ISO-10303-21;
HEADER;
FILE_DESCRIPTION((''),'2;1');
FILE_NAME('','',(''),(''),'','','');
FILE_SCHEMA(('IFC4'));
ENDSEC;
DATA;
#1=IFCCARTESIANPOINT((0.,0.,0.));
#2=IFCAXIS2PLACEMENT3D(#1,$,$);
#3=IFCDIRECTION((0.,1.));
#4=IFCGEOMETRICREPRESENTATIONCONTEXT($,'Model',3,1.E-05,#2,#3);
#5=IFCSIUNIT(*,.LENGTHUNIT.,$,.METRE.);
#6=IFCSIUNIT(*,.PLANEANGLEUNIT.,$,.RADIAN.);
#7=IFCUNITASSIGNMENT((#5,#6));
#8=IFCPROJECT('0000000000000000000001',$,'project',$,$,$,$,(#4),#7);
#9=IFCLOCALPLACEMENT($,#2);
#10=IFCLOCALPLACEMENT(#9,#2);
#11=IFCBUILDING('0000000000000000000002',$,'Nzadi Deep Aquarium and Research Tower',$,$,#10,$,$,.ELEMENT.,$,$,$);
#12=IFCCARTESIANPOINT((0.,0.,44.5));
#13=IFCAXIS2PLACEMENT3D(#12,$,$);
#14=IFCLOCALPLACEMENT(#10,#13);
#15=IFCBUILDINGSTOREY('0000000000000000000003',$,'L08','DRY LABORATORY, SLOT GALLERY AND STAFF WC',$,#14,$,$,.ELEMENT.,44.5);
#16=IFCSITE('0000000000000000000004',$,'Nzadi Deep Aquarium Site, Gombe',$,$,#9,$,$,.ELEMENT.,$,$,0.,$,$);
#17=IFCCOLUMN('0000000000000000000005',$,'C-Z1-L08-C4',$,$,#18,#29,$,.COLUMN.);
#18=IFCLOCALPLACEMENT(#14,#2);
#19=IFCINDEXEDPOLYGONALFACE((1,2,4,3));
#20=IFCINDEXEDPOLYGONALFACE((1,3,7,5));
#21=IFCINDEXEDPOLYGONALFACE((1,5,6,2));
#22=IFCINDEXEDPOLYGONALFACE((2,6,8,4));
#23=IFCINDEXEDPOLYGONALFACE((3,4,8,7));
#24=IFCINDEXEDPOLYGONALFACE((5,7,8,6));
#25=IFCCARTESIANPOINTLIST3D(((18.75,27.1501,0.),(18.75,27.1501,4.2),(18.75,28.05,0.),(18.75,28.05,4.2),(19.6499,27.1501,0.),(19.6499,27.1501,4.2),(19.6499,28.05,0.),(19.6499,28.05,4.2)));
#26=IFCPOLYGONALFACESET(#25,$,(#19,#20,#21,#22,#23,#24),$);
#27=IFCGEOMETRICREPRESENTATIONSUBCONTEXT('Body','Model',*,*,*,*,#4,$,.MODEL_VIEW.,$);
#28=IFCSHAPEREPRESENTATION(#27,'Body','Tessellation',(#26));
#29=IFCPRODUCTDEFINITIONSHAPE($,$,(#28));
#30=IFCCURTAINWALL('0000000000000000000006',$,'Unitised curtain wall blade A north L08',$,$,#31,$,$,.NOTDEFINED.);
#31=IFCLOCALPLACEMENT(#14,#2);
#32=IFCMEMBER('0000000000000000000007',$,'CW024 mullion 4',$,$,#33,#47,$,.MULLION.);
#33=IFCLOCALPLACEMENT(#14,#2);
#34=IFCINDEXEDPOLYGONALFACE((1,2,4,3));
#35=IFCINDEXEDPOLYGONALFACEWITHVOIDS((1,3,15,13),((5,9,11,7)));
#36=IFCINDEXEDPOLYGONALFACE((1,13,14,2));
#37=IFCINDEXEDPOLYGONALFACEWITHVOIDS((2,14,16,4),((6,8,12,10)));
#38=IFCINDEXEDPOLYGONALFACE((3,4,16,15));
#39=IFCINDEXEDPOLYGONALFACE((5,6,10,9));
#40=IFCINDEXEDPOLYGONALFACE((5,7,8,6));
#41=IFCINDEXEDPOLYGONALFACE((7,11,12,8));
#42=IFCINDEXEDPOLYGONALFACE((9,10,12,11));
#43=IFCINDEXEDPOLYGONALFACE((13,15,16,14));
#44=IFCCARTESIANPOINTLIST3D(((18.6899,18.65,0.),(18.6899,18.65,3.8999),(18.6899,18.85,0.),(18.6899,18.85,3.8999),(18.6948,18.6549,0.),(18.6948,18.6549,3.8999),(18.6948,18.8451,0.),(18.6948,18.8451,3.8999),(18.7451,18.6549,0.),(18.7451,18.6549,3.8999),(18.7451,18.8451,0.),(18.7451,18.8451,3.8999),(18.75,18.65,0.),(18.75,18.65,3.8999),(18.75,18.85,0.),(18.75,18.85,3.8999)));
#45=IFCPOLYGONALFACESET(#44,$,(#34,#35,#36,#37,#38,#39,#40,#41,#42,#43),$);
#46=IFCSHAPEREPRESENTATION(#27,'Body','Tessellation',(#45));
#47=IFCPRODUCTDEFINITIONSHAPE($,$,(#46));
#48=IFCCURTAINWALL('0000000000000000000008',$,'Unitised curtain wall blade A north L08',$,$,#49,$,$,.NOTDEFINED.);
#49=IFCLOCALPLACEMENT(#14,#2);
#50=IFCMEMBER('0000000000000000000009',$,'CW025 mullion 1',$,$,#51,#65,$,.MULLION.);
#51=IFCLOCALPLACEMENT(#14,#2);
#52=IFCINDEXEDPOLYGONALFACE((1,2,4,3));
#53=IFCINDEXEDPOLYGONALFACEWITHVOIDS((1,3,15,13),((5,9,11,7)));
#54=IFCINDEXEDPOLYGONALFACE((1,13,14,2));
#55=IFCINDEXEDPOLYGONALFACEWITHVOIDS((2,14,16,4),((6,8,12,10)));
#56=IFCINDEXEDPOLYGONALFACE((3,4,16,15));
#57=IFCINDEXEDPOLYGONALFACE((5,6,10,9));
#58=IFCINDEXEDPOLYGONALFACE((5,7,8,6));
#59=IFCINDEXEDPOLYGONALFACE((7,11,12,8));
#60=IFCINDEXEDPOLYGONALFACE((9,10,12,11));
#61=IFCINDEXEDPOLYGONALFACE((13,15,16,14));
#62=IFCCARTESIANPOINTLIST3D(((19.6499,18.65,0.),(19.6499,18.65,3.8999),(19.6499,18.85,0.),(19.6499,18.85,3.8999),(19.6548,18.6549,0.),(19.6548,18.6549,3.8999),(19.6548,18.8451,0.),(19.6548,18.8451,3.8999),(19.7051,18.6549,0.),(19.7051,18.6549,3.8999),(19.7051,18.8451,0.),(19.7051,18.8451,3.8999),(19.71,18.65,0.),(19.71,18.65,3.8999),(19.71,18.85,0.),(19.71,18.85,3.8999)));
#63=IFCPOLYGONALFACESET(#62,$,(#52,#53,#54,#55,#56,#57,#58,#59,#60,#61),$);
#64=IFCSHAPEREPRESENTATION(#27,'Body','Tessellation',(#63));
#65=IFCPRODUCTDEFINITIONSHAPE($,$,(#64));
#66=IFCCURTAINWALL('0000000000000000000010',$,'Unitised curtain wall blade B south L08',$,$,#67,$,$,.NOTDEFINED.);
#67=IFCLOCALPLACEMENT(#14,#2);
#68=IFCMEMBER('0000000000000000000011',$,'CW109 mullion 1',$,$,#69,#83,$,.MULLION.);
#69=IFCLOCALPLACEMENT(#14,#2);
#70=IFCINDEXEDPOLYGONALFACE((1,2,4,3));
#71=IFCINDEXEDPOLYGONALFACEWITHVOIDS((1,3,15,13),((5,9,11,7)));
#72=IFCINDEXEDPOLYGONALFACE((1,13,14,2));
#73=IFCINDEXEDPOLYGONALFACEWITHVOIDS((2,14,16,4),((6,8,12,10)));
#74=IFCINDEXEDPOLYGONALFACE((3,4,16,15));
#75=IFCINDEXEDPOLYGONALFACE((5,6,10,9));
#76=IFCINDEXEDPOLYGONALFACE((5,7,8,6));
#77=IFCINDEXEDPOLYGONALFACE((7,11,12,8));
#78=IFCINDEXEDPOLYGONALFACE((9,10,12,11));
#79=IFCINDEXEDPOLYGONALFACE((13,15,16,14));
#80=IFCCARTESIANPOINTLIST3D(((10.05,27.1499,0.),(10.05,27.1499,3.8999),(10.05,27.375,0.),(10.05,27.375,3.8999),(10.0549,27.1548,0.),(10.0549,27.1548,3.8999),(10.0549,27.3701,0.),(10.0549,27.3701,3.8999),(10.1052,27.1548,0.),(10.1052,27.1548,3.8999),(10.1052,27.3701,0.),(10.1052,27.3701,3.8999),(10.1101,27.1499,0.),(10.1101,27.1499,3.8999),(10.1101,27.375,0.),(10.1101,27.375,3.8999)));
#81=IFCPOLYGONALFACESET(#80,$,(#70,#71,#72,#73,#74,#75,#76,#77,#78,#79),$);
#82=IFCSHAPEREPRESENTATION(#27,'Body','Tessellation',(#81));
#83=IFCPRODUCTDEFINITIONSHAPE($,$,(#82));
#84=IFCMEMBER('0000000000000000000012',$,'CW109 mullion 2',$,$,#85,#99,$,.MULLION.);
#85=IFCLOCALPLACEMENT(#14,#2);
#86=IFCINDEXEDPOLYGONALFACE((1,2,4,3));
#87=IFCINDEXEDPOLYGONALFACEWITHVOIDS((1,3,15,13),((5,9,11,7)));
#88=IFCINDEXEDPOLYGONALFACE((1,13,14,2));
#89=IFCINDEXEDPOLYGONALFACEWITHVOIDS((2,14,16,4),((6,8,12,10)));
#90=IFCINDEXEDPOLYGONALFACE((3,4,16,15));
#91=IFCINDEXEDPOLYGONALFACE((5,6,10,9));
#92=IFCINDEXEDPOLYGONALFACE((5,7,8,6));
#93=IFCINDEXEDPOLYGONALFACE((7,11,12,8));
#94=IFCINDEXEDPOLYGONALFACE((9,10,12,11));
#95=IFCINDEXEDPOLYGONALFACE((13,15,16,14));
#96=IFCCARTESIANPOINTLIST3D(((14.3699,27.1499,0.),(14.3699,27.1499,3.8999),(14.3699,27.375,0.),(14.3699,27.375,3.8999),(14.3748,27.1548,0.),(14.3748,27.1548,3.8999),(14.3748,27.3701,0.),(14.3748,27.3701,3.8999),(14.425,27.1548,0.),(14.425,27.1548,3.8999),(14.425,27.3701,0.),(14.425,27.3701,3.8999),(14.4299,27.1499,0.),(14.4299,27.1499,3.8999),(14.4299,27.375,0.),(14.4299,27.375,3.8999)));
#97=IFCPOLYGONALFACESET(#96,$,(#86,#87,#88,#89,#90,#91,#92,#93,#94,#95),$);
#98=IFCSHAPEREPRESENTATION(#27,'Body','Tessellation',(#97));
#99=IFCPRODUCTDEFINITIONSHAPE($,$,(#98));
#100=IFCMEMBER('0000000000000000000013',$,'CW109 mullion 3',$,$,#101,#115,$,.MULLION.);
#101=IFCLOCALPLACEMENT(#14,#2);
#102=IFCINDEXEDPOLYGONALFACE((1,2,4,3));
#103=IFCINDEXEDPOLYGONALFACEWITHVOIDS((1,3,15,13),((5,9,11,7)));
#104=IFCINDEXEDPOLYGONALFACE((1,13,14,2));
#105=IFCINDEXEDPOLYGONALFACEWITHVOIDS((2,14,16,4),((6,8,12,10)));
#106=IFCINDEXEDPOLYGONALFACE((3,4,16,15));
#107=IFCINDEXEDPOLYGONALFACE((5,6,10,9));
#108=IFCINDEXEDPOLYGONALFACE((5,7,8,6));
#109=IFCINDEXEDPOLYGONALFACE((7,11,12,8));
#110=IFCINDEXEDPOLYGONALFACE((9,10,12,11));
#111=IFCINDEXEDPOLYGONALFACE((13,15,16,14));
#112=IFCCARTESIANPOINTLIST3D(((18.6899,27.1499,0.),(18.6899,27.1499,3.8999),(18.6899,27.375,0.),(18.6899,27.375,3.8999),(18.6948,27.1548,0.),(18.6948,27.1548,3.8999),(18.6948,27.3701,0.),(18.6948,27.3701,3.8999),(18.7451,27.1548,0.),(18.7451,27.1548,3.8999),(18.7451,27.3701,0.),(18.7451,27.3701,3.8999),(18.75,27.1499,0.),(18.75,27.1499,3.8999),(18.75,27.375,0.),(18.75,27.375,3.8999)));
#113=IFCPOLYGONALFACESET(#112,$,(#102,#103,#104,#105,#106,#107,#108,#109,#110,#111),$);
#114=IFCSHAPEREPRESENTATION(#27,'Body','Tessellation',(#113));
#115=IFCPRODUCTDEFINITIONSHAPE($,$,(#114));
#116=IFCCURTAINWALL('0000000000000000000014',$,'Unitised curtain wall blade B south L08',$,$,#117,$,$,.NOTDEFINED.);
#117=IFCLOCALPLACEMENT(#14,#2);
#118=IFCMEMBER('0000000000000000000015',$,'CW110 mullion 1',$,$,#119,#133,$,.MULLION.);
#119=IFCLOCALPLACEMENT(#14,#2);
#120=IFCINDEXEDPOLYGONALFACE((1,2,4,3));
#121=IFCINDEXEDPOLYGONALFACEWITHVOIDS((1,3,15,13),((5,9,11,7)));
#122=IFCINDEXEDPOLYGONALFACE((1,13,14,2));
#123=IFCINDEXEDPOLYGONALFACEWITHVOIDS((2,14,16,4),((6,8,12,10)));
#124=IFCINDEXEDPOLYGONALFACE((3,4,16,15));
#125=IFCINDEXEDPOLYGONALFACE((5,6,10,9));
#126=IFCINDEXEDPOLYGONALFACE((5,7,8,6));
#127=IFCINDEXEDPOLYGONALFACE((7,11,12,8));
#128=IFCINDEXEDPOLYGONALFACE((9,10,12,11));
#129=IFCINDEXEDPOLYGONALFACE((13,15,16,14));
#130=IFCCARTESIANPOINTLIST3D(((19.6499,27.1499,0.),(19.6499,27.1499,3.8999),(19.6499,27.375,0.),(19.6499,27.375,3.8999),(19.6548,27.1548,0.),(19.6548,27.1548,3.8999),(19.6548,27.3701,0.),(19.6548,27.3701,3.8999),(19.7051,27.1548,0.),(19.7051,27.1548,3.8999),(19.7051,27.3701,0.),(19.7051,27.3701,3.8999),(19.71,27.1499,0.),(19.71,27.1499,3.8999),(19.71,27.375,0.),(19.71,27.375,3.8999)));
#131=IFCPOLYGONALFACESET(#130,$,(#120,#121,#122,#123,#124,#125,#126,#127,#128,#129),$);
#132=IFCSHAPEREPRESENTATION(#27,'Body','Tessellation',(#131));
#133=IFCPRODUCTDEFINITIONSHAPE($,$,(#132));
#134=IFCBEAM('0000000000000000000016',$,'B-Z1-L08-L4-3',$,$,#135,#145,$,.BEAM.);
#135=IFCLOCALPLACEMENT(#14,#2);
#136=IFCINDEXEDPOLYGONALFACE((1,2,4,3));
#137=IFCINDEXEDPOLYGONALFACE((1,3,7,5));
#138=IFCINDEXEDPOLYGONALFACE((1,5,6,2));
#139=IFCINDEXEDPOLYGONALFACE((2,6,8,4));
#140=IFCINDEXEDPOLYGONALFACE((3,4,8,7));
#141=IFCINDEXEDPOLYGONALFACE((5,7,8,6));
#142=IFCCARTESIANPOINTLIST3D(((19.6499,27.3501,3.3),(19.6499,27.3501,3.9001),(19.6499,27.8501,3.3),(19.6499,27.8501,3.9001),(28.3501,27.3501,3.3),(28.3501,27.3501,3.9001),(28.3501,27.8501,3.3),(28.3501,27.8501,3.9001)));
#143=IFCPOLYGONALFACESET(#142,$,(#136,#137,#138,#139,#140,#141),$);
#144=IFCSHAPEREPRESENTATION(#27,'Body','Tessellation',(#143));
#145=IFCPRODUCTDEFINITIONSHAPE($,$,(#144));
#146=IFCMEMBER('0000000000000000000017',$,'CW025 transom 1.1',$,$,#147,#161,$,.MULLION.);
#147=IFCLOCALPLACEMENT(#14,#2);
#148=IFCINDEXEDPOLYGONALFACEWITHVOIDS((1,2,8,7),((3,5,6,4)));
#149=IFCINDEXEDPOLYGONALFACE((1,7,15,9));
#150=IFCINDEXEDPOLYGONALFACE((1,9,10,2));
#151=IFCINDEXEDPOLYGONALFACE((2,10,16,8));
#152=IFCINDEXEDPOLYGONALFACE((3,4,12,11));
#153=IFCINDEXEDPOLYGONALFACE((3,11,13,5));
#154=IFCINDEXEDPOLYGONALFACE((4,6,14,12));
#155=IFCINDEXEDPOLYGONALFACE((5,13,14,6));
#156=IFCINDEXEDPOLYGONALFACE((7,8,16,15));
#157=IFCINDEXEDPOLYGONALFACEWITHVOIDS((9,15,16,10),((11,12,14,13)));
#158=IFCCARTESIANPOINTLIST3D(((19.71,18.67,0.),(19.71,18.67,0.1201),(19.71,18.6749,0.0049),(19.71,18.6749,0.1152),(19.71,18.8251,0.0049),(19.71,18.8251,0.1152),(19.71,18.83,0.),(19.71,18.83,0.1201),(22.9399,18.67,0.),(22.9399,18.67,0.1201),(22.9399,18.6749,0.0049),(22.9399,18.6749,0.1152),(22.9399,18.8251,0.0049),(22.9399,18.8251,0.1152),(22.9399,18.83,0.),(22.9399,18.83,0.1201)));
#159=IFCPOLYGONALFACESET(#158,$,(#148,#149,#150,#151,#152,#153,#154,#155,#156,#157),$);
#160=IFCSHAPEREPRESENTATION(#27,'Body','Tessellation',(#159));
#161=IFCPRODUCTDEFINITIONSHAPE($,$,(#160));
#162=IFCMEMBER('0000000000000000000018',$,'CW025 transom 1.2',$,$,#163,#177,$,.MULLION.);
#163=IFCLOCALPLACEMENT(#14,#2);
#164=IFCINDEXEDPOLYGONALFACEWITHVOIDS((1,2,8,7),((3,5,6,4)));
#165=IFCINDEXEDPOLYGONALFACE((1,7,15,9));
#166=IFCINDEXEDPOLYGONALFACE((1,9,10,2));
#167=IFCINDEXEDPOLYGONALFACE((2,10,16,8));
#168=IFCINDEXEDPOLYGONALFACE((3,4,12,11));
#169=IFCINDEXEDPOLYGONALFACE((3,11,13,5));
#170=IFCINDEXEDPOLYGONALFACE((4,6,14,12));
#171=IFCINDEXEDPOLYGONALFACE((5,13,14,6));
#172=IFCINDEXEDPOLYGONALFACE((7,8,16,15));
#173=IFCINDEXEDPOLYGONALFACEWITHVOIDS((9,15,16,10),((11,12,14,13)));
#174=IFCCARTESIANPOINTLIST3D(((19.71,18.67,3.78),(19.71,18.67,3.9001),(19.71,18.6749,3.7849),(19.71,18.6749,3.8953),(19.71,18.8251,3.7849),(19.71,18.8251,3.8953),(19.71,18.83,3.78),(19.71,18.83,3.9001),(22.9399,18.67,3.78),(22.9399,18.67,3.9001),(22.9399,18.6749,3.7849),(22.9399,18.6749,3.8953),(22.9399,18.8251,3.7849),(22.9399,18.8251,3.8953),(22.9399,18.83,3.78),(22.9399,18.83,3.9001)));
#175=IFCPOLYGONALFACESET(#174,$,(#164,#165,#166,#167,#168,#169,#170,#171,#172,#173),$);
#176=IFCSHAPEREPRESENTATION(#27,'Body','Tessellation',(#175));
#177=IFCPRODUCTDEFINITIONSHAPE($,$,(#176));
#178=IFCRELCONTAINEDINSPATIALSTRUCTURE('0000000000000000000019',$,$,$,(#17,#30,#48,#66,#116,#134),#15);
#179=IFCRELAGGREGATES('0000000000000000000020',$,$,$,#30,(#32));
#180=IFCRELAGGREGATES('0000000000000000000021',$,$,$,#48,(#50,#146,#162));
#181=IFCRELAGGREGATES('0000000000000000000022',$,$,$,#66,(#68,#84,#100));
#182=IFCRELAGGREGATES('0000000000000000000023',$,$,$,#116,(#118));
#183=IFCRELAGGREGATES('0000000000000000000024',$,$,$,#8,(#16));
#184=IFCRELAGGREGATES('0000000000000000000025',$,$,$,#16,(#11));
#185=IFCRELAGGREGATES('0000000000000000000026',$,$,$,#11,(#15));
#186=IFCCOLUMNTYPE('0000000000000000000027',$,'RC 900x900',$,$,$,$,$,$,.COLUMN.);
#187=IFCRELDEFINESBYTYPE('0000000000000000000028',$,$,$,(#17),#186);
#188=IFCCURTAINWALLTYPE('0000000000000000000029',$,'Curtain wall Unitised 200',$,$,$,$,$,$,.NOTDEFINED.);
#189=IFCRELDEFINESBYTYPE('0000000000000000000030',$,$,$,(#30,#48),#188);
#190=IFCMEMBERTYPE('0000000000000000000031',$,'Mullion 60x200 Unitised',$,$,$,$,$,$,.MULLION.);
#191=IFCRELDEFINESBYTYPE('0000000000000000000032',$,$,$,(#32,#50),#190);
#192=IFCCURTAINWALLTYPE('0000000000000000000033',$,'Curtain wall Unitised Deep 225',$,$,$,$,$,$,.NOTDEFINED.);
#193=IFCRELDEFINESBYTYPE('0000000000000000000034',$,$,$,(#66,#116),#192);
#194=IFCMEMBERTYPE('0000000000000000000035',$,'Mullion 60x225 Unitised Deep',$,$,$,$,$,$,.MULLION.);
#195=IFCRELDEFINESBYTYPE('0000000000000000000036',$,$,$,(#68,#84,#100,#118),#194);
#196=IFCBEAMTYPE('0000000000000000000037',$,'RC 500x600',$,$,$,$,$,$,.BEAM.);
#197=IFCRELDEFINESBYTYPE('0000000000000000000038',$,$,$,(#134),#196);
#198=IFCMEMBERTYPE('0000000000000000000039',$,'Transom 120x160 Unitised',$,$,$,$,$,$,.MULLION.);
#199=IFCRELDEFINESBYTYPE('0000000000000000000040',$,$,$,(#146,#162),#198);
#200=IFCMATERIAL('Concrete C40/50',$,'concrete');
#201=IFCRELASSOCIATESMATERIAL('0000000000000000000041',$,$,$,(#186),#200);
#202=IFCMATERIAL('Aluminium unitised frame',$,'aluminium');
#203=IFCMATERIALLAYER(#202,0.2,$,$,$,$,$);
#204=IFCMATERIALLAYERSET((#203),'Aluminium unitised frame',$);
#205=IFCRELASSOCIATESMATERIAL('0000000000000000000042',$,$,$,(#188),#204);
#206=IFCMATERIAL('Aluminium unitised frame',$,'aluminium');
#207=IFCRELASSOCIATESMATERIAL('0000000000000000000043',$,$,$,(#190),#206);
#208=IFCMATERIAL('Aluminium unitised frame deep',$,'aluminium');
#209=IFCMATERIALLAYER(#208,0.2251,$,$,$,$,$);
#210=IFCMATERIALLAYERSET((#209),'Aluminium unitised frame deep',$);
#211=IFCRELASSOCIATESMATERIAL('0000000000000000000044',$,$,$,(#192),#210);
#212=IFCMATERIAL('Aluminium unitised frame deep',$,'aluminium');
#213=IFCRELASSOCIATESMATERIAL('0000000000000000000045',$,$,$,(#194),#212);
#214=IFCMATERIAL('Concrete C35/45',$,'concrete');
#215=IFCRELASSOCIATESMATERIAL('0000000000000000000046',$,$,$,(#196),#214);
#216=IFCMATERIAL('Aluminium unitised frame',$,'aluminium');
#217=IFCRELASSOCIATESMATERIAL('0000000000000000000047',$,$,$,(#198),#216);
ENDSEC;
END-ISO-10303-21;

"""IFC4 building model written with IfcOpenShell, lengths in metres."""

from ifc_helpers import new_model, si_unit, direction, frame, origin, origin_2d, place, context, subcontext, project, spatial, rectangle, hollow_rectangle, extrude, material, layer, layer_set, material_profile, profile_set, type_object, element, aggregate, save


model = new_model("IFC4")

# Units and contexts
model_context = context("Model", 3, precision=1e-05, world=origin(), true_north=direction((0.0, 1.0)))
body_context = subcontext(model_context, "Body", "Model", "MODEL_VIEW")
ifc_project = project(units=[si_unit("LENGTHUNIT", "METRE"), si_unit("PLANEANGLEUNIT", "RADIAN")], contexts=[model_context])

# Site, building, storey
site_placement = place(None, origin())
site = spatial("IfcSite", under=ifc_project, at=site_placement, Name="Nzadi Deep Aquarium Site, Gombe", CompositionType="ELEMENT", RefElevation=0.0)
building_placement = place(site_placement, origin())
building = spatial("IfcBuilding", under=site, at=building_placement, Name="Nzadi Deep Aquarium and Research Tower", CompositionType="ELEMENT")
storey_placement = place(building_placement, frame((0.0, 0.0, 44.5)))
storey = spatial("IfcBuildingStorey", under=building, at=storey_placement, Name="L08", Description="DRY LABORATORY, SLOT GALLERY AND STAFF WC", CompositionType="ELEMENT", Elevation=44.5)

# Column
ifc_material_1 = material(Name="Concrete C40/50", Category="concrete")
ifc_material_profile_1 = material_profile(ifc_material_1, rectangle(XDim=0.8999, YDim=0.8999, at=origin_2d()))
ifc_profile_set_1 = profile_set([ifc_material_profile_1], Name="Concrete C40/50")
column_type = type_object("IfcColumnType", Name="RC 900x900", PredefinedType="COLUMN", material=ifc_profile_set_1)
column_placement = place(storey_placement, frame((19.2, 27.6001, 0.0), z_axis=(0.0, 0.0, 1.0), x_axis=(1.0, 0.0, 0.0)))
element("IfcColumn", 1, at=column_placement, inside=storey, type_object=column_type, Name="C-Z1-L08-C4", PredefinedType="COLUMN", context=body_context, shape_type="SweptSolid", body=[
    extrude(rectangle(XDim=0.8999, YDim=0.8999, at=origin_2d()), origin(), (0.0, 0.0, 1.0), 4.2),
])

# Curtain walls, members
ifc_material_2 = material(Name="Aluminium unitised frame", Category="aluminium")
ifc_layer_1 = layer(ifc_material_2, 0.2)
ifc_layer_set_1 = layer_set([ifc_layer_1], Name="Aluminium unitised frame")
curtain_wall_type_1 = type_object("IfcCurtainWallType", Name="Curtain wall Unitised 200", PredefinedType="NOTDEFINED", material=ifc_layer_set_1)
curtain_wall_1_placement = place(storey_placement, origin())
curtain_wall_1 = element("IfcCurtainWall", 2, at=curtain_wall_1_placement, inside=storey, type_object=curtain_wall_type_1, Name="Unitised curtain wall blade A north L08", PredefinedType="NOTDEFINED")
ifc_material_3 = material(Name="Aluminium unitised frame", Category="aluminium")
ifc_material_profile_2 = material_profile(ifc_material_3, hollow_rectangle(XDim=0.2, YDim=0.0601, WallThickness=0.0049, at=origin_2d()))
ifc_profile_set_2 = profile_set([ifc_material_profile_2], Name="Aluminium unitised frame")
member_type_1 = type_object("IfcMemberType", Name="Mullion 60x200 Unitised", PredefinedType="MULLION", material=ifc_profile_set_2)
member_1_placement = place(storey_placement, frame((18.72, 18.75, 0.0), z_axis=(0.0, 0.0, 1.0), x_axis=(0.0, 1.0, 0.0)))
member_1 = element("IfcMember", 3, at=member_1_placement, type_object=member_type_1, Name="CW024 mullion 4", PredefinedType="MULLION", context=body_context, shape_type="SweptSolid", body=[
    extrude(hollow_rectangle(XDim=0.2, YDim=0.0601, WallThickness=0.0049, at=origin_2d()), origin(), (0.0, 0.0, 1.0), 3.8999),
])
aggregate(curtain_wall_1, [member_1])
curtain_wall_2_placement = place(storey_placement, origin())
curtain_wall_2 = element("IfcCurtainWall", 4, at=curtain_wall_2_placement, inside=storey, type_object=curtain_wall_type_1, Name="Unitised curtain wall blade A north L08", PredefinedType="NOTDEFINED")
member_2_placement = place(storey_placement, frame((19.6799, 18.75, 0.0), z_axis=(0.0, 0.0, 1.0), x_axis=(0.0, 1.0, 0.0)))
member_2 = element("IfcMember", 5, at=member_2_placement, type_object=member_type_1, Name="CW025 mullion 1", PredefinedType="MULLION", context=body_context, shape_type="SweptSolid", body=[
    extrude(hollow_rectangle(XDim=0.2, YDim=0.0601, WallThickness=0.0049, at=origin_2d()), origin(), (0.0, 0.0, 1.0), 3.8999),
])

# Curtain wall, members
ifc_material_4 = material(Name="Aluminium unitised frame deep", Category="aluminium")
ifc_layer_2 = layer(ifc_material_4, 0.2251)
ifc_layer_set_2 = layer_set([ifc_layer_2], Name="Aluminium unitised frame deep")
curtain_wall_type_2 = type_object("IfcCurtainWallType", Name="Curtain wall Unitised Deep 225", PredefinedType="NOTDEFINED", material=ifc_layer_set_2)
curtain_wall_3_placement = place(storey_placement, origin())
curtain_wall_3 = element("IfcCurtainWall", 6, at=curtain_wall_3_placement, inside=storey, type_object=curtain_wall_type_2, Name="Unitised curtain wall blade B south L08", PredefinedType="NOTDEFINED")
ifc_material_5 = material(Name="Aluminium unitised frame deep", Category="aluminium")
ifc_material_profile_3 = material_profile(ifc_material_5, hollow_rectangle(XDim=0.2251, YDim=0.0601, WallThickness=0.0049, at=origin_2d()))
ifc_profile_set_3 = profile_set([ifc_material_profile_3], Name="Aluminium unitised frame deep")
member_type_2 = type_object("IfcMemberType", Name="Mullion 60x225 Unitised Deep", PredefinedType="MULLION", material=ifc_profile_set_3)
member_3_placement = place(storey_placement, frame((10.0801, 27.2625, 0.0), z_axis=(0.0, 0.0, 1.0), x_axis=(0.0, 1.0, 0.0)))
member_3 = element("IfcMember", 7, at=member_3_placement, type_object=member_type_2, Name="CW109 mullion 1", PredefinedType="MULLION", context=body_context, shape_type="SweptSolid", body=[
    extrude(hollow_rectangle(XDim=0.2251, YDim=0.0601, WallThickness=0.0049, at=origin_2d()), origin(), (0.0, 0.0, 1.0), 3.8999),
])
member_4_placement = place(storey_placement, frame((14.3999, 27.2625, 0.0), z_axis=(0.0, 0.0, 1.0), x_axis=(0.0, 1.0, 0.0)))
member_4 = element("IfcMember", 8, at=member_4_placement, type_object=member_type_2, Name="CW109 mullion 2", PredefinedType="MULLION", context=body_context, shape_type="SweptSolid", body=[
    extrude(hollow_rectangle(XDim=0.2251, YDim=0.0601, WallThickness=0.0049, at=origin_2d()), origin(), (0.0, 0.0, 1.0), 3.8999),
])
member_5_placement = place(storey_placement, frame((18.72, 27.2625, 0.0), z_axis=(0.0, 0.0, 1.0), x_axis=(0.0, 1.0, 0.0)))
member_5 = element("IfcMember", 9, at=member_5_placement, type_object=member_type_2, Name="CW109 mullion 3", PredefinedType="MULLION", context=body_context, shape_type="SweptSolid", body=[
    extrude(hollow_rectangle(XDim=0.2251, YDim=0.0601, WallThickness=0.0049, at=origin_2d()), origin(), (0.0, 0.0, 1.0), 3.8999),
])

# Curtain wall, member
curtain_wall_4_placement = place(storey_placement, origin())
curtain_wall_4 = element("IfcCurtainWall", 10, at=curtain_wall_4_placement, inside=storey, type_object=curtain_wall_type_2, Name="Unitised curtain wall blade B south L08", PredefinedType="NOTDEFINED")
member_6_placement = place(storey_placement, frame((19.6799, 27.2625, 0.0), z_axis=(0.0, 0.0, 1.0), x_axis=(0.0, 1.0, 0.0)))
member_6 = element("IfcMember", 11, at=member_6_placement, type_object=member_type_2, Name="CW110 mullion 1", PredefinedType="MULLION", context=body_context, shape_type="SweptSolid", body=[
    extrude(hollow_rectangle(XDim=0.2251, YDim=0.0601, WallThickness=0.0049, at=origin_2d()), origin(), (0.0, 0.0, 1.0), 3.8999),
])

# Beam
ifc_material_6 = material(Name="Concrete C35/45", Category="concrete")
ifc_material_profile_4 = material_profile(ifc_material_6, rectangle(XDim=0.5, YDim=0.6001, at=origin_2d()))
ifc_profile_set_4 = profile_set([ifc_material_profile_4], Name="Concrete C35/45")
beam_type = type_object("IfcBeamType", Name="RC 500x600", PredefinedType="BEAM", material=ifc_profile_set_4)
beam_placement = place(storey_placement, frame((19.6499, 27.6001, 3.6001), z_axis=(1.0, 0.0, 0.0), x_axis=(0.0, 1.0, 0.0)))
element("IfcBeam", 12, at=beam_placement, inside=storey, type_object=beam_type, Name="B-Z1-L08-L4-3", PredefinedType="BEAM", context=body_context, shape_type="SweptSolid", body=[
    extrude(rectangle(XDim=0.5, YDim=0.6001, at=origin_2d()), origin(), (0.0, 0.0, 1.0), 8.7002),
])

# Members
ifc_material_7 = material(Name="Aluminium unitised frame", Category="aluminium")
ifc_material_profile_5 = material_profile(ifc_material_7, hollow_rectangle(XDim=0.1599, YDim=0.1201, WallThickness=0.0049, at=origin_2d()))
ifc_profile_set_5 = profile_set([ifc_material_profile_5], Name="Aluminium unitised frame")
member_type_3 = type_object("IfcMemberType", Name="Transom 120x160 Unitised", PredefinedType="MULLION", material=ifc_profile_set_5)
member_7_placement = place(storey_placement, frame((19.71, 18.75, 0.0601), z_axis=(1.0, 0.0, 0.0), x_axis=(0.0, 1.0, 0.0)))
member_7 = element("IfcMember", 13, at=member_7_placement, type_object=member_type_3, Name="CW025 transom 1.1", PredefinedType="MULLION", context=body_context, shape_type="SweptSolid", body=[
    extrude(hollow_rectangle(XDim=0.1599, YDim=0.1201, WallThickness=0.0049, at=origin_2d()), origin(), (0.0, 0.0, 1.0), 3.23),
])
member_8_placement = place(storey_placement, frame((19.71, 18.75, 3.8401), z_axis=(1.0, 0.0, 0.0), x_axis=(0.0, 1.0, 0.0)))
member_8 = element("IfcMember", 14, at=member_8_placement, type_object=member_type_3, Name="CW025 transom 1.2", PredefinedType="MULLION", context=body_context, shape_type="SweptSolid", body=[
    extrude(hollow_rectangle(XDim=0.1599, YDim=0.1201, WallThickness=0.0049, at=origin_2d()), origin(), (0.0, 0.0, 1.0), 3.23),
])

aggregate(curtain_wall_2, [member_2, member_7, member_8])
aggregate(curtain_wall_3, [member_3, member_4, member_5])
aggregate(curtain_wall_4, [member_6])

save(model, "model.ifc")
